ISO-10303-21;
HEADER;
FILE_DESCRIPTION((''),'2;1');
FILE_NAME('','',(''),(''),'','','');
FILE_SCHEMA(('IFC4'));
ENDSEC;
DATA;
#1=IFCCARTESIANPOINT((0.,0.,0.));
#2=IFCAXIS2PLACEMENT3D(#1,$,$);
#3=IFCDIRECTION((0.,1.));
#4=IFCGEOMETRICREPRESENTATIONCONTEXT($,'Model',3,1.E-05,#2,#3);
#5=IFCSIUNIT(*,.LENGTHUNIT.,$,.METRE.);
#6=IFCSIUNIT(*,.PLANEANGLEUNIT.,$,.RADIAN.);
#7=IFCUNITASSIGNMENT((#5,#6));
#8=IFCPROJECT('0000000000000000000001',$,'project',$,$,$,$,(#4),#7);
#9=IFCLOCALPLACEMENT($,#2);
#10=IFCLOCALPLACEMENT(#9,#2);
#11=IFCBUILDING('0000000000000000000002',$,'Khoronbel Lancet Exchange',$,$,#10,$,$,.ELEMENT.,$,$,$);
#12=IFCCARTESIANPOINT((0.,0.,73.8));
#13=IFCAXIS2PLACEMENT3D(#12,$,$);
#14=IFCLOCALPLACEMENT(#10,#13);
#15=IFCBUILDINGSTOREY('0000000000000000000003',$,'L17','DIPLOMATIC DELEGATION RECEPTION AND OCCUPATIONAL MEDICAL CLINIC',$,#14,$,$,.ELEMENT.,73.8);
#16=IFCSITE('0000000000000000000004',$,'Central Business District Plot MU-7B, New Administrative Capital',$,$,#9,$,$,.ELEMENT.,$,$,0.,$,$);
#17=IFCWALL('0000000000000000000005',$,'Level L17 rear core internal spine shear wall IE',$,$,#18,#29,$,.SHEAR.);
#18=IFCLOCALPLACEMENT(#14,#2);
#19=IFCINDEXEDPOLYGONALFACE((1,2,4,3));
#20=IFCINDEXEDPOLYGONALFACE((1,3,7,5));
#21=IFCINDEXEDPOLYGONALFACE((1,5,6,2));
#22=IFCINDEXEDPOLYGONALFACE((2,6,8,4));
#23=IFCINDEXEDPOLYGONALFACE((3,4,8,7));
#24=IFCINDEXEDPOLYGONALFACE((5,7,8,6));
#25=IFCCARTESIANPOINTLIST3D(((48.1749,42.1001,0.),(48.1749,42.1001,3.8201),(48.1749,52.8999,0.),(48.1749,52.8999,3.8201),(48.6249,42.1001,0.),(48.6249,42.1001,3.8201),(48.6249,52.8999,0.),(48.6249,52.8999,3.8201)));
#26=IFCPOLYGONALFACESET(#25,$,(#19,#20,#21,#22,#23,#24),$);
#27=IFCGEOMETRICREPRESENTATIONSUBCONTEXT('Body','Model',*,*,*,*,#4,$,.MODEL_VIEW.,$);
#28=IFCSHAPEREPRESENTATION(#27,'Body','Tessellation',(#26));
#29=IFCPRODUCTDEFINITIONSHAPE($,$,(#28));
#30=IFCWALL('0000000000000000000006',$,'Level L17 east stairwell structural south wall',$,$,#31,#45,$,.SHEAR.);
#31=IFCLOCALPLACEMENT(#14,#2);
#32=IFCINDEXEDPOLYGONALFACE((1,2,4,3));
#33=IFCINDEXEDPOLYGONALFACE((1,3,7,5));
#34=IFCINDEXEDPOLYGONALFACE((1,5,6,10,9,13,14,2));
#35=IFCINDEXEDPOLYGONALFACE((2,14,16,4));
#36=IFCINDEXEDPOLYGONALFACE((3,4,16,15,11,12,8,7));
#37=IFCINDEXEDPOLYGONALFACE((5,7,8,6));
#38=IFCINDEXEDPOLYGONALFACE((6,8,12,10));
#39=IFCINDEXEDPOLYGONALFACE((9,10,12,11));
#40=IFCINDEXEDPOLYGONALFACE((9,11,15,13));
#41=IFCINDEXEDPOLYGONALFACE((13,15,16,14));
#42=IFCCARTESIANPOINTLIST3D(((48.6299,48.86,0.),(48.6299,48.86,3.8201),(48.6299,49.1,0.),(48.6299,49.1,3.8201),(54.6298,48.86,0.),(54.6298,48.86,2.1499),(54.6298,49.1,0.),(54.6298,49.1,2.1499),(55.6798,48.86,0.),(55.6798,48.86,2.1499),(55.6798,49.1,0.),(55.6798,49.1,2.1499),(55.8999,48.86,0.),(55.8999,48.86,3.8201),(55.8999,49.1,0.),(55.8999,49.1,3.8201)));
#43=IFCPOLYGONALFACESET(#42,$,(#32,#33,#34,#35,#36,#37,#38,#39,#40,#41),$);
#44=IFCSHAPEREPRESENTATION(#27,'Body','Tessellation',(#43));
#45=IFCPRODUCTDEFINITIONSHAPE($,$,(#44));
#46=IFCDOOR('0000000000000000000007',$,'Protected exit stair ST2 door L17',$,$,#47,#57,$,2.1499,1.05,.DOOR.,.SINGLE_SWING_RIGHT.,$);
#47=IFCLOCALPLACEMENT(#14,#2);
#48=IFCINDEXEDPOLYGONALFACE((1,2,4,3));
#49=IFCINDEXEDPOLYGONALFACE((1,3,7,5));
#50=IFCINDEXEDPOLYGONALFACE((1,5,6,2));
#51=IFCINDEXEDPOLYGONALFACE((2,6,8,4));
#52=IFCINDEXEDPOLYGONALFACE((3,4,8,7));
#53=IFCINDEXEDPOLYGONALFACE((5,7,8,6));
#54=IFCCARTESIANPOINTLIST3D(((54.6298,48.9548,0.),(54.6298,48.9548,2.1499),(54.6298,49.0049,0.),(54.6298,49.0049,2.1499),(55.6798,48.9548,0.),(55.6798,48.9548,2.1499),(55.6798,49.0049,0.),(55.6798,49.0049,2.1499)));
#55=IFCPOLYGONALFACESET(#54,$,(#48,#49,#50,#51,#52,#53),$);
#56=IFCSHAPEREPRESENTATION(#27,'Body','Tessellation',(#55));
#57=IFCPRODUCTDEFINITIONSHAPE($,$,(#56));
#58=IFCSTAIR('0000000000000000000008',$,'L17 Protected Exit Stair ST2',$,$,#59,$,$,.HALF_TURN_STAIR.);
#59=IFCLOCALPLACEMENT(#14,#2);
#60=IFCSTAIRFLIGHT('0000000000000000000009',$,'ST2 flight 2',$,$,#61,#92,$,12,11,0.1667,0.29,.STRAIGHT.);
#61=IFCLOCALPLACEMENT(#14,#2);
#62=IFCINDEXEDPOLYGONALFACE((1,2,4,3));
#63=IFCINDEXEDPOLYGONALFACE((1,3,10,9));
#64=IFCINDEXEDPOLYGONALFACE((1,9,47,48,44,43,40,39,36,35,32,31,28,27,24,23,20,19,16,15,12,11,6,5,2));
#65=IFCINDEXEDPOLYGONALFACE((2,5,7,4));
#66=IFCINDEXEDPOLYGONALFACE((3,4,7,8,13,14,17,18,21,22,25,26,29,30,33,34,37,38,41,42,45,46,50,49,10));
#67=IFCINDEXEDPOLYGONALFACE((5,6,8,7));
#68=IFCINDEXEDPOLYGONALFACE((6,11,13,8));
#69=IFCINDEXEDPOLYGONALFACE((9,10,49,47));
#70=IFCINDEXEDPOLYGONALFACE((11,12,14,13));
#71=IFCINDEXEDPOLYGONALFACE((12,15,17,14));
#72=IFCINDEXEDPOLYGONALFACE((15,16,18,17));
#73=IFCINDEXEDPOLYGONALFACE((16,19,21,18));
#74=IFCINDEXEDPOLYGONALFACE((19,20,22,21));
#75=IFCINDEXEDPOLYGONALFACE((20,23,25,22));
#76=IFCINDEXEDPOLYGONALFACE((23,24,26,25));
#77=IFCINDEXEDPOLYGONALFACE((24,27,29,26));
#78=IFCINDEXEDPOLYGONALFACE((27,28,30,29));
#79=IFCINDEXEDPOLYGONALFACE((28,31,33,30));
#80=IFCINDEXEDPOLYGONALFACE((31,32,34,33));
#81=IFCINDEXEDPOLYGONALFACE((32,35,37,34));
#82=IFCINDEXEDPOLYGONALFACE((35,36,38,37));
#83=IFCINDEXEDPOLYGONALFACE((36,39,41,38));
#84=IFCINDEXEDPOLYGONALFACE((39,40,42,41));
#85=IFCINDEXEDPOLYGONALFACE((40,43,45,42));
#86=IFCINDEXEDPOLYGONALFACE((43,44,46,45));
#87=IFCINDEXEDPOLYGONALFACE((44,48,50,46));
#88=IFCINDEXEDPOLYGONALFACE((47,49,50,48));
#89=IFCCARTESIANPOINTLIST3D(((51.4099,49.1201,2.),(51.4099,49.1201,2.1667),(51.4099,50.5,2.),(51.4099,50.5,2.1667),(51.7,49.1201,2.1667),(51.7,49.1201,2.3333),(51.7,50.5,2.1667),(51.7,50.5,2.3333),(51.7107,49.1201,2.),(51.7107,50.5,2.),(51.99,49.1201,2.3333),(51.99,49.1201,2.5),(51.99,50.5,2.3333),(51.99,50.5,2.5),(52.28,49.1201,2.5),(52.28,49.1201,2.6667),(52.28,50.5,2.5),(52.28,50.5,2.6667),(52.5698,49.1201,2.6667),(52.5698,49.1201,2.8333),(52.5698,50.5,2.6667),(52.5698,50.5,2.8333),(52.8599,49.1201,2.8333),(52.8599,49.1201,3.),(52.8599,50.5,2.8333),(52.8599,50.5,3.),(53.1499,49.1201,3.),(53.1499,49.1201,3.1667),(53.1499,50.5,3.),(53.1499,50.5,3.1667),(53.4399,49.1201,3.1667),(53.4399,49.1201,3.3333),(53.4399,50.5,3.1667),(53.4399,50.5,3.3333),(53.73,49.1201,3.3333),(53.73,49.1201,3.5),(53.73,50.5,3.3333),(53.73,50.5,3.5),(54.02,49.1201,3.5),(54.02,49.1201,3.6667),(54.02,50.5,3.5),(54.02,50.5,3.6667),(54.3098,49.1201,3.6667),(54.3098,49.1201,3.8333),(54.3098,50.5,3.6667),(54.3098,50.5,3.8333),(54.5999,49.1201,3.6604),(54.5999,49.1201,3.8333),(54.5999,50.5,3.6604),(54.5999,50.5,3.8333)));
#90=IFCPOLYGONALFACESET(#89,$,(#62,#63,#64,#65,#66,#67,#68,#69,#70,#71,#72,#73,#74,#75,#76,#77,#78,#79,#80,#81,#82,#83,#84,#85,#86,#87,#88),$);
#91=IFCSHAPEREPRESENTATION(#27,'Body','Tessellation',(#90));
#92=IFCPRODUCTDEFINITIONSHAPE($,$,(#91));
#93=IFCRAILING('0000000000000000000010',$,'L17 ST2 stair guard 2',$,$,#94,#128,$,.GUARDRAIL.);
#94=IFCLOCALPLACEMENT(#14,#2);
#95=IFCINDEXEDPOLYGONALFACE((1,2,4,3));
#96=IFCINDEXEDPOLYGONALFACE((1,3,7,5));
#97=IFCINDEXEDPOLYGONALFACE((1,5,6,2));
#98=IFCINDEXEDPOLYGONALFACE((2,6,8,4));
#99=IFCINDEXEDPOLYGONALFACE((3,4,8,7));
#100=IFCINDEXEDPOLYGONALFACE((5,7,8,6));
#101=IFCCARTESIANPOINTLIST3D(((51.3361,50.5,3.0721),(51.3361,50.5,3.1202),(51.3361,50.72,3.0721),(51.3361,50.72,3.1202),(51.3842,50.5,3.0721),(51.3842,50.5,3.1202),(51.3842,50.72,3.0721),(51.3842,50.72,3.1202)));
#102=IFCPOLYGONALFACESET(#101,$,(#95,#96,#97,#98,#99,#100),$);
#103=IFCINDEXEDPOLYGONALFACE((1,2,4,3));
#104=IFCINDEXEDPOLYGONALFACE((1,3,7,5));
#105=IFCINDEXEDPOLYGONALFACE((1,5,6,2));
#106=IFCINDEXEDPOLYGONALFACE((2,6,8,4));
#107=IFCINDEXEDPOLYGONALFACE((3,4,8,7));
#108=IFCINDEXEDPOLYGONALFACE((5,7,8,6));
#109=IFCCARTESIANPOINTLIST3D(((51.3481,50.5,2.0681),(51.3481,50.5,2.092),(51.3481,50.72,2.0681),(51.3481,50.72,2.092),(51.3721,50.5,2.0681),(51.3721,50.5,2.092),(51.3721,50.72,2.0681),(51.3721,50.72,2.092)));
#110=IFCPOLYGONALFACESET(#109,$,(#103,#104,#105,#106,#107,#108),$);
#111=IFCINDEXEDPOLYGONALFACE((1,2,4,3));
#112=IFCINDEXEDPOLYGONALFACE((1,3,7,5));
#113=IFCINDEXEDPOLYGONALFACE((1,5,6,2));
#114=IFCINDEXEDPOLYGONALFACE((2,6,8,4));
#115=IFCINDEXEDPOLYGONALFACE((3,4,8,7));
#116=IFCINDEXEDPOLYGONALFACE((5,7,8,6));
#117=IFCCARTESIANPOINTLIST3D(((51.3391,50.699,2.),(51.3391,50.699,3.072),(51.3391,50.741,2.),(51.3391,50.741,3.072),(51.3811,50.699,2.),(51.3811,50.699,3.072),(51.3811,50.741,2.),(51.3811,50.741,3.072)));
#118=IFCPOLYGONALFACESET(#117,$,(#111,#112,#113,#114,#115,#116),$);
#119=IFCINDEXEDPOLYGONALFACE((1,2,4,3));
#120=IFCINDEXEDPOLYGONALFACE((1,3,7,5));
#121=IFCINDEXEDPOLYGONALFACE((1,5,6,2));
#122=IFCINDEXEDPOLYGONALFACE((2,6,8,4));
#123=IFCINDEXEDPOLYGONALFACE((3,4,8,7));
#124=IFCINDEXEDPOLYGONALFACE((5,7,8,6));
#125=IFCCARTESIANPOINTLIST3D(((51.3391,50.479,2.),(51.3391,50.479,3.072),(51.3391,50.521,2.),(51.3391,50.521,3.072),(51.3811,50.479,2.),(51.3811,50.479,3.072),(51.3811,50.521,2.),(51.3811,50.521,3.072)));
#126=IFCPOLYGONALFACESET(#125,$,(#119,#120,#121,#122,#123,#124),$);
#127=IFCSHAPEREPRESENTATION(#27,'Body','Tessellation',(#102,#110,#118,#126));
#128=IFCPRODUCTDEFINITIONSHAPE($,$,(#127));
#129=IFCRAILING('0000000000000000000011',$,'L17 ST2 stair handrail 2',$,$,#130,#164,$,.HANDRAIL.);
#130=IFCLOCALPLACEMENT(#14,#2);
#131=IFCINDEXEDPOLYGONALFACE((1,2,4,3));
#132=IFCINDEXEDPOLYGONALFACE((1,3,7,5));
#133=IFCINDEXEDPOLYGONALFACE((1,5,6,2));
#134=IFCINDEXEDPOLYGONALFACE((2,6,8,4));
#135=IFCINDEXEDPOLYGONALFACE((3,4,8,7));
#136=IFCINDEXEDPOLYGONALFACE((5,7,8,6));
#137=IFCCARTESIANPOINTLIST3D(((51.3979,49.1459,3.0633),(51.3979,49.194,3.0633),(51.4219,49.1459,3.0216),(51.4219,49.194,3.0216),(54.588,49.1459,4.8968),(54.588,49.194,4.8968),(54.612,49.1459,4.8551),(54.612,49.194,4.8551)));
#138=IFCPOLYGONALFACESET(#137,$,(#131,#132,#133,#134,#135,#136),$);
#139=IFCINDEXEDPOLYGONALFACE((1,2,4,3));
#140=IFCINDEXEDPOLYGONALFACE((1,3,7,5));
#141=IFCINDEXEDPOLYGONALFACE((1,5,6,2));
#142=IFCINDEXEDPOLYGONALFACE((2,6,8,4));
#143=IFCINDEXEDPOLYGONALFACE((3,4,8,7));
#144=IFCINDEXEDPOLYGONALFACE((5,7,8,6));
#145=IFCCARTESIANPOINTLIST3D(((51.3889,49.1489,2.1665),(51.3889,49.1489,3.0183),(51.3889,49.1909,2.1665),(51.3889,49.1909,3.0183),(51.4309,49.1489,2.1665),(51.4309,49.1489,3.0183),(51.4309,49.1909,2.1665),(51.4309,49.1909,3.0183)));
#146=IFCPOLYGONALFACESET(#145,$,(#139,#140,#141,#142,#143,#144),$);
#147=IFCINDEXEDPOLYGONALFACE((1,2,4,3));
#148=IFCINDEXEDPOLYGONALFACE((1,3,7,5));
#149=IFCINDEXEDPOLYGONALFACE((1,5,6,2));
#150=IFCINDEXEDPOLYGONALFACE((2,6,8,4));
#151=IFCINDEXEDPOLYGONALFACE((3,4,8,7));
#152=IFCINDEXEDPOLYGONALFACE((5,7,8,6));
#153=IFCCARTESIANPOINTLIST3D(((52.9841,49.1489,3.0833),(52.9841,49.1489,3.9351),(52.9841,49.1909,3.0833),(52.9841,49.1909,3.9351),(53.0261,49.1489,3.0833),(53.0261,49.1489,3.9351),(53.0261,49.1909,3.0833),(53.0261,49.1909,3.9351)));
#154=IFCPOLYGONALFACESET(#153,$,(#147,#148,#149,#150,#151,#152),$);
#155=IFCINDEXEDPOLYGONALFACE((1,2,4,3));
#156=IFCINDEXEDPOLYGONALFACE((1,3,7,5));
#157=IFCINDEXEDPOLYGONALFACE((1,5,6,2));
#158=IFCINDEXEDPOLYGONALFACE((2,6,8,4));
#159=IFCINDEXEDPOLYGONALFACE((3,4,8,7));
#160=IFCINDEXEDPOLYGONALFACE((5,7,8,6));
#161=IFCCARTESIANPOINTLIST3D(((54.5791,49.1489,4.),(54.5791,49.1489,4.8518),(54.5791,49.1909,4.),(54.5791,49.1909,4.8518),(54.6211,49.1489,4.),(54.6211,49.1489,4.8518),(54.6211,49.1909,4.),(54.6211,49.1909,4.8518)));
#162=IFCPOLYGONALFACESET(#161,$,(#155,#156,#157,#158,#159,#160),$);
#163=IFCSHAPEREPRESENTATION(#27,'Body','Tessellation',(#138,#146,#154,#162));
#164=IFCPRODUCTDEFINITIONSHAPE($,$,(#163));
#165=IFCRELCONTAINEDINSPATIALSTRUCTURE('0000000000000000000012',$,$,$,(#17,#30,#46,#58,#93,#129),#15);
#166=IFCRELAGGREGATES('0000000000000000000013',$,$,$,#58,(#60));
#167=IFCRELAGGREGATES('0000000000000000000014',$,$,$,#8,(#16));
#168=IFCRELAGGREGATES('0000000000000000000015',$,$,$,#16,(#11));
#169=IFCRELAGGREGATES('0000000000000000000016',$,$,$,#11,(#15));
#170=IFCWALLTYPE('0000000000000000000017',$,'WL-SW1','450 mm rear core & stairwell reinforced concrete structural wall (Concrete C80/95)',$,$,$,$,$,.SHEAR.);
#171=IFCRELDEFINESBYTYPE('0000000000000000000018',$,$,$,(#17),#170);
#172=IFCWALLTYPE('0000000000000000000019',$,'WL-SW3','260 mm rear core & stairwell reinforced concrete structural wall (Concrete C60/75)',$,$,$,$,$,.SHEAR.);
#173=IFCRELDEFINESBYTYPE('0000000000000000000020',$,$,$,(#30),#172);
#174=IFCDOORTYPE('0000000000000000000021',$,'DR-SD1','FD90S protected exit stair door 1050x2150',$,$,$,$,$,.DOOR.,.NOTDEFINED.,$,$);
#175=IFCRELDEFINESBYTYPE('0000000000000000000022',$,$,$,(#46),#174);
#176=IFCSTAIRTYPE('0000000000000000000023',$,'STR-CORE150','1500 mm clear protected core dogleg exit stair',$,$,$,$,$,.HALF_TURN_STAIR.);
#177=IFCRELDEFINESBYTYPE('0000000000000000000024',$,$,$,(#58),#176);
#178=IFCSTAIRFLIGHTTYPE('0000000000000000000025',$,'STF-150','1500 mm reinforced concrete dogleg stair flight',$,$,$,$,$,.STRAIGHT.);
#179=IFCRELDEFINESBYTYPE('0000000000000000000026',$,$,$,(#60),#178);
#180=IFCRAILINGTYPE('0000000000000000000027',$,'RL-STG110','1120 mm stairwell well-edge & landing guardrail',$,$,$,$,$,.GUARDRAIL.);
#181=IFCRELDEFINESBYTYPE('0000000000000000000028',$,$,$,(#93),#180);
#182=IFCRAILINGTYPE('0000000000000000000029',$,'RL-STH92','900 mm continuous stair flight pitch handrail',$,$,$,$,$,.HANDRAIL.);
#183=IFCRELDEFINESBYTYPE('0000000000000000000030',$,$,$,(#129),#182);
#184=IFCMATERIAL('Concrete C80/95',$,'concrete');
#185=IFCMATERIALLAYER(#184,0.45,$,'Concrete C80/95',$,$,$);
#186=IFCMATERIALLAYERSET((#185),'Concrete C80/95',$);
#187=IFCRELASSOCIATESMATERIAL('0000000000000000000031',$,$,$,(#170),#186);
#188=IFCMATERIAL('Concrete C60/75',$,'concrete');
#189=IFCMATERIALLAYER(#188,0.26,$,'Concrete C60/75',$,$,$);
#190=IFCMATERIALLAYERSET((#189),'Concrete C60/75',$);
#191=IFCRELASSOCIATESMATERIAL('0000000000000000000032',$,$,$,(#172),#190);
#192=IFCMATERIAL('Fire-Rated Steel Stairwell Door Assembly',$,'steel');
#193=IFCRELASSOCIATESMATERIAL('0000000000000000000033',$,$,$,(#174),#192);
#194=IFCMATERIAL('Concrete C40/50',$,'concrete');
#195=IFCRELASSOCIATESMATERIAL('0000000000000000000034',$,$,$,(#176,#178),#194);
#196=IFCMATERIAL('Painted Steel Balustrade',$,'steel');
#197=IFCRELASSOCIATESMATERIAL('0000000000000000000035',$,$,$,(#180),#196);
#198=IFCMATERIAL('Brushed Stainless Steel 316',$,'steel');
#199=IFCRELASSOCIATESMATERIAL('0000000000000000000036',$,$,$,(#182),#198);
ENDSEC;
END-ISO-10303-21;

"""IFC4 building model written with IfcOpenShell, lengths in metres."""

from ifc_helpers import new_model, si_unit, direction, frame, frame_2d, origin, origin_2d, place, context, subcontext, project, spatial, polyline, rectangle, outline, extrude, material, layer, layer_set, type_object, element, fill, aggregate, save


model = new_model("IFC4")

# Units and contexts
model_context = context("Model", 3, precision=1e-05, world=origin(), true_north=direction((0.0, 1.0)))
body_context = subcontext(model_context, "Body", "Model", "MODEL_VIEW")
ifc_project = project(units=[si_unit("LENGTHUNIT", "METRE"), si_unit("PLANEANGLEUNIT", "RADIAN")], contexts=[model_context])

# Site, building, storey
site_placement = place(None, origin())
site = spatial("IfcSite", under=ifc_project, at=site_placement, Name="Central Business District Plot MU-7B, New Administrative Capital", CompositionType="ELEMENT", RefElevation=0.0)
building_placement = place(site_placement, origin())
building = spatial("IfcBuilding", under=site, at=building_placement, Name="Khoronbel Lancet Exchange", CompositionType="ELEMENT")
storey_placement = place(building_placement, frame((0.0, 0.0, 73.8)))
storey = spatial("IfcBuildingStorey", under=building, at=storey_placement, Name="L17", Description="DIPLOMATIC DELEGATION RECEPTION AND OCCUPATIONAL MEDICAL CLINIC", CompositionType="ELEMENT", Elevation=73.8)

# Wall
ifc_material_1 = material(Name="Concrete C80/95", Category="concrete")
ifc_layer_1 = layer(ifc_material_1, 0.45, Name="Concrete C80/95")
ifc_layer_set_1 = layer_set([ifc_layer_1], Name="Concrete C80/95")
wall_type_1 = type_object("IfcWallType", Name="WL-SW1", Description="450 mm rear core & stairwell reinforced concrete structural wall (Concrete C80/95)", PredefinedType="SHEAR", material=ifc_layer_set_1)
wall_1_placement = place(storey_placement, frame((48.3999, 42.1001, 0.0), z_axis=(0.0, 0.0, 1.0), x_axis=(0.0, 1.0, 0.0)))
element("IfcWall", 1, at=wall_1_placement, inside=storey, type_object=wall_type_1, Name="Level L17 rear core internal spine shear wall IE", PredefinedType="SHEAR", context=body_context, shape_type="SweptSolid", body=[
    extrude(rectangle(XDim=10.7998, YDim=0.45, at=frame_2d((5.3999, 0.0))), origin(), (0.0, 0.0, 1.0), 3.8201),
])

# Wall, opening, door
ifc_material_2 = material(Name="Concrete C60/75", Category="concrete")
ifc_layer_2 = layer(ifc_material_2, 0.26, Name="Concrete C60/75")
ifc_layer_set_2 = layer_set([ifc_layer_2], Name="Concrete C60/75")
wall_type_2 = type_object("IfcWallType", Name="WL-SW3", Description="260 mm rear core & stairwell reinforced concrete structural wall (Concrete C60/75)", PredefinedType="SHEAR", material=ifc_layer_set_2)
wall_2_placement = place(storey_placement, frame((48.6299, 48.98, 0.0), z_axis=(0.0, 0.0, 1.0), x_axis=(1.0, 0.0, 0.0)))
wall_2 = element("IfcWall", 2, at=wall_2_placement, inside=storey, type_object=wall_type_2, Name="Level L17 east stairwell structural south wall", PredefinedType="SHEAR", context=body_context, shape_type="SweptSolid", body=[
    extrude(rectangle(XDim=7.27, YDim=0.24, at=frame_2d((3.635, 0.0))), origin(), (0.0, 0.0, 1.0), 3.8201),
])
opening_1_placement = place(wall_2_placement, frame((6.0, 0.0, 0.0)))
opening_1 = element("IfcOpeningElement", 3, at=opening_1_placement, cuts=wall_2, PredefinedType="OPENING", context=body_context, shape_type="SweptSolid", body=[
    extrude(rectangle(XDim=1.05, YDim=2.1499, at=frame_2d((0.5249, 1.075))), frame((0.0, 0.1299, 0.0), z_axis=(0.0, -1.0, 0.0), x_axis=(1.0, 0.0, 0.0)), (0.0, 0.0, 1.0), 0.26),
])
ifc_material_3 = material(Name="Fire-Rated Steel Stairwell Door Assembly", Category="steel")
door_type_1 = type_object("IfcDoorType", Name="DR-SD1", Description="FD90S protected exit stair door 1050x2150", OperationType="NOTDEFINED", PredefinedType="DOOR", material=ifc_material_3)
door_1_placement = place(opening_1_placement, origin())
door_1 = element("IfcDoor", 4, at=door_1_placement, inside=storey, type_object=door_type_1, Name="Protected exit stair ST2 door L17", OperationType="SINGLE_SWING_RIGHT", OverallHeight=2.1499, OverallWidth=1.05, PredefinedType="DOOR", context=body_context, shape_type="SweptSolid", body=[
    extrude(rectangle(XDim=1.05, YDim=2.1499, at=frame_2d((0.5249, 1.075))), frame((0.0, 0.0249, 0.0), z_axis=(0.0, -1.0, 0.0), x_axis=(1.0, 0.0, 0.0)), (0.0, 0.0, 1.0), 0.05),
])
fill(opening_1, door_1)

# Stair, stair flight
ifc_material_4 = material(Name="Concrete C40/50", Category="concrete")
stair_type = type_object("IfcStairType", Name="STR-CORE150", Description="1500 mm clear protected core dogleg exit stair", PredefinedType="HALF_TURN_STAIR", material=ifc_material_4)
stair_placement = place(storey_placement, origin())
stair = element("IfcStair", 5, at=stair_placement, inside=storey, type_object=stair_type, Name="L17 Protected Exit Stair ST2", PredefinedType="HALF_TURN_STAIR")
stair_flight_type = type_object("IfcStairFlightType", Name="STF-150", Description="1500 mm reinforced concrete dogleg stair flight", PredefinedType="STRAIGHT", material=ifc_material_4)
stair_flight_placement = place(storey_placement, frame((51.4099, 49.8101, 2.0), z_axis=(0.0, 0.0, 1.0), x_axis=(1.0, 0.0, 0.0)))
stair_flight = element("IfcStairFlight", 6, at=stair_flight_placement, type_object=stair_flight_type, Name="ST2 flight 2", NumberOfRisers=12, NumberOfTreads=11, PredefinedType="STRAIGHT", RiserHeight=0.1667, TreadLength=0.29, context=body_context, shape_type="SweptSolid", body=[
    extrude(outline(polyline([(0.0, 0.0), (0.0, 0.1667), (0.29, 0.1667), (0.29, 0.3333), (0.5801, 0.3333), (0.5801, 0.5), (0.8701, 0.5), (0.8701, 0.6667), (1.1599, 0.6667), (1.1599, 0.8333), (1.45, 0.8333), (1.45, 1.0), (1.74, 1.0), (1.74, 1.1667), (2.03, 1.1667), (2.03, 1.3333), (2.3201, 1.3333), (2.3201, 1.5), (2.6101, 1.5), (2.6101, 1.6667), (2.8999, 1.6667), (2.8999, 1.8333), (3.1899, 1.8333), (3.1899, 2.0), (3.1899, 1.6604), (0.3008, 0.0), (0.0, 0.0)])), frame((0.0, 0.6899, 0.0), z_axis=(0.0, -1.0, 0.0), x_axis=(1.0, 0.0, 0.0)), (0.0, 0.0, 1.0), 1.3799),
])
aggregate(stair, [stair_flight])

# Railings
ifc_material_5 = material(Name="Painted Steel Balustrade", Category="steel")
railing_type_1 = type_object("IfcRailingType", Name="RL-STG110", Description="1120 mm stairwell well-edge & landing guardrail", PredefinedType="GUARDRAIL", material=ifc_material_5)
railing_1_placement = place(storey_placement, frame((51.3601, 50.72, 2.0)))
element("IfcRailing", 7, at=railing_1_placement, inside=storey, type_object=railing_type_1, Name="L17 ST2 stair guard 2", PredefinedType="GUARDRAIL", context=body_context, shape_type="SweptSolid", body=[
    extrude(rectangle(XDim=0.0481, YDim=0.0481, at=origin_2d()), frame((0.0, 0.0, 1.0962), z_axis=(0.0, -1.0, 0.0), x_axis=(1.0, 0.0, 0.0)), (0.0, 0.0, 1.0), 0.22),
    extrude(rectangle(XDim=0.0239, YDim=0.0239, at=origin_2d()), frame((0.0, 0.0, 0.0801), z_axis=(0.0, -1.0, 0.0), x_axis=(1.0, 0.0, 0.0)), (0.0, 0.0, 1.0), 0.22),
    extrude(rectangle(XDim=0.042, YDim=0.042, at=origin_2d()), origin(), (0.0, 0.0, 1.0), 1.072),
    extrude(rectangle(XDim=0.042, YDim=0.042, at=origin_2d()), frame((0.0, -0.22, 0.0)), (0.0, 0.0, 1.0), 1.072),
])
ifc_material_6 = material(Name="Brushed Stainless Steel 316", Category="steel")
railing_type_2 = type_object("IfcRailingType", Name="RL-STH92", Description="900 mm continuous stair flight pitch handrail", PredefinedType="HANDRAIL", material=ifc_material_6)
railing_2_placement = place(storey_placement, frame((51.4099, 49.1699, 2.1665)))
element("IfcRailing", 8, at=railing_2_placement, inside=storey, type_object=railing_type_2, Name="L17 ST2 stair handrail 2", PredefinedType="HANDRAIL", context=body_context, shape_type="SweptSolid", body=[
    extrude(rectangle(XDim=0.0481, YDim=0.0481, at=origin_2d()), frame((0.0, 0.0, 0.876), z_axis=(0.867007, 0.0, 0.498295), x_axis=(0.0, 1.0, 0.0)), (0.0, 0.0, 1.0), 3.6794),
    extrude(rectangle(XDim=0.042, YDim=0.042, at=origin_2d()), origin(), (0.0, 0.0, 1.0), 0.8518),
    extrude(rectangle(XDim=0.042, YDim=0.042, at=origin_2d()), frame((1.5952, 0.0, 0.9167)), (0.0, 0.0, 1.0), 0.8518),
    extrude(rectangle(XDim=0.042, YDim=0.042, at=origin_2d()), frame((3.1902, 0.0, 1.8335)), (0.0, 0.0, 1.0), 0.8518),
])

save(model, "model.ifc")
